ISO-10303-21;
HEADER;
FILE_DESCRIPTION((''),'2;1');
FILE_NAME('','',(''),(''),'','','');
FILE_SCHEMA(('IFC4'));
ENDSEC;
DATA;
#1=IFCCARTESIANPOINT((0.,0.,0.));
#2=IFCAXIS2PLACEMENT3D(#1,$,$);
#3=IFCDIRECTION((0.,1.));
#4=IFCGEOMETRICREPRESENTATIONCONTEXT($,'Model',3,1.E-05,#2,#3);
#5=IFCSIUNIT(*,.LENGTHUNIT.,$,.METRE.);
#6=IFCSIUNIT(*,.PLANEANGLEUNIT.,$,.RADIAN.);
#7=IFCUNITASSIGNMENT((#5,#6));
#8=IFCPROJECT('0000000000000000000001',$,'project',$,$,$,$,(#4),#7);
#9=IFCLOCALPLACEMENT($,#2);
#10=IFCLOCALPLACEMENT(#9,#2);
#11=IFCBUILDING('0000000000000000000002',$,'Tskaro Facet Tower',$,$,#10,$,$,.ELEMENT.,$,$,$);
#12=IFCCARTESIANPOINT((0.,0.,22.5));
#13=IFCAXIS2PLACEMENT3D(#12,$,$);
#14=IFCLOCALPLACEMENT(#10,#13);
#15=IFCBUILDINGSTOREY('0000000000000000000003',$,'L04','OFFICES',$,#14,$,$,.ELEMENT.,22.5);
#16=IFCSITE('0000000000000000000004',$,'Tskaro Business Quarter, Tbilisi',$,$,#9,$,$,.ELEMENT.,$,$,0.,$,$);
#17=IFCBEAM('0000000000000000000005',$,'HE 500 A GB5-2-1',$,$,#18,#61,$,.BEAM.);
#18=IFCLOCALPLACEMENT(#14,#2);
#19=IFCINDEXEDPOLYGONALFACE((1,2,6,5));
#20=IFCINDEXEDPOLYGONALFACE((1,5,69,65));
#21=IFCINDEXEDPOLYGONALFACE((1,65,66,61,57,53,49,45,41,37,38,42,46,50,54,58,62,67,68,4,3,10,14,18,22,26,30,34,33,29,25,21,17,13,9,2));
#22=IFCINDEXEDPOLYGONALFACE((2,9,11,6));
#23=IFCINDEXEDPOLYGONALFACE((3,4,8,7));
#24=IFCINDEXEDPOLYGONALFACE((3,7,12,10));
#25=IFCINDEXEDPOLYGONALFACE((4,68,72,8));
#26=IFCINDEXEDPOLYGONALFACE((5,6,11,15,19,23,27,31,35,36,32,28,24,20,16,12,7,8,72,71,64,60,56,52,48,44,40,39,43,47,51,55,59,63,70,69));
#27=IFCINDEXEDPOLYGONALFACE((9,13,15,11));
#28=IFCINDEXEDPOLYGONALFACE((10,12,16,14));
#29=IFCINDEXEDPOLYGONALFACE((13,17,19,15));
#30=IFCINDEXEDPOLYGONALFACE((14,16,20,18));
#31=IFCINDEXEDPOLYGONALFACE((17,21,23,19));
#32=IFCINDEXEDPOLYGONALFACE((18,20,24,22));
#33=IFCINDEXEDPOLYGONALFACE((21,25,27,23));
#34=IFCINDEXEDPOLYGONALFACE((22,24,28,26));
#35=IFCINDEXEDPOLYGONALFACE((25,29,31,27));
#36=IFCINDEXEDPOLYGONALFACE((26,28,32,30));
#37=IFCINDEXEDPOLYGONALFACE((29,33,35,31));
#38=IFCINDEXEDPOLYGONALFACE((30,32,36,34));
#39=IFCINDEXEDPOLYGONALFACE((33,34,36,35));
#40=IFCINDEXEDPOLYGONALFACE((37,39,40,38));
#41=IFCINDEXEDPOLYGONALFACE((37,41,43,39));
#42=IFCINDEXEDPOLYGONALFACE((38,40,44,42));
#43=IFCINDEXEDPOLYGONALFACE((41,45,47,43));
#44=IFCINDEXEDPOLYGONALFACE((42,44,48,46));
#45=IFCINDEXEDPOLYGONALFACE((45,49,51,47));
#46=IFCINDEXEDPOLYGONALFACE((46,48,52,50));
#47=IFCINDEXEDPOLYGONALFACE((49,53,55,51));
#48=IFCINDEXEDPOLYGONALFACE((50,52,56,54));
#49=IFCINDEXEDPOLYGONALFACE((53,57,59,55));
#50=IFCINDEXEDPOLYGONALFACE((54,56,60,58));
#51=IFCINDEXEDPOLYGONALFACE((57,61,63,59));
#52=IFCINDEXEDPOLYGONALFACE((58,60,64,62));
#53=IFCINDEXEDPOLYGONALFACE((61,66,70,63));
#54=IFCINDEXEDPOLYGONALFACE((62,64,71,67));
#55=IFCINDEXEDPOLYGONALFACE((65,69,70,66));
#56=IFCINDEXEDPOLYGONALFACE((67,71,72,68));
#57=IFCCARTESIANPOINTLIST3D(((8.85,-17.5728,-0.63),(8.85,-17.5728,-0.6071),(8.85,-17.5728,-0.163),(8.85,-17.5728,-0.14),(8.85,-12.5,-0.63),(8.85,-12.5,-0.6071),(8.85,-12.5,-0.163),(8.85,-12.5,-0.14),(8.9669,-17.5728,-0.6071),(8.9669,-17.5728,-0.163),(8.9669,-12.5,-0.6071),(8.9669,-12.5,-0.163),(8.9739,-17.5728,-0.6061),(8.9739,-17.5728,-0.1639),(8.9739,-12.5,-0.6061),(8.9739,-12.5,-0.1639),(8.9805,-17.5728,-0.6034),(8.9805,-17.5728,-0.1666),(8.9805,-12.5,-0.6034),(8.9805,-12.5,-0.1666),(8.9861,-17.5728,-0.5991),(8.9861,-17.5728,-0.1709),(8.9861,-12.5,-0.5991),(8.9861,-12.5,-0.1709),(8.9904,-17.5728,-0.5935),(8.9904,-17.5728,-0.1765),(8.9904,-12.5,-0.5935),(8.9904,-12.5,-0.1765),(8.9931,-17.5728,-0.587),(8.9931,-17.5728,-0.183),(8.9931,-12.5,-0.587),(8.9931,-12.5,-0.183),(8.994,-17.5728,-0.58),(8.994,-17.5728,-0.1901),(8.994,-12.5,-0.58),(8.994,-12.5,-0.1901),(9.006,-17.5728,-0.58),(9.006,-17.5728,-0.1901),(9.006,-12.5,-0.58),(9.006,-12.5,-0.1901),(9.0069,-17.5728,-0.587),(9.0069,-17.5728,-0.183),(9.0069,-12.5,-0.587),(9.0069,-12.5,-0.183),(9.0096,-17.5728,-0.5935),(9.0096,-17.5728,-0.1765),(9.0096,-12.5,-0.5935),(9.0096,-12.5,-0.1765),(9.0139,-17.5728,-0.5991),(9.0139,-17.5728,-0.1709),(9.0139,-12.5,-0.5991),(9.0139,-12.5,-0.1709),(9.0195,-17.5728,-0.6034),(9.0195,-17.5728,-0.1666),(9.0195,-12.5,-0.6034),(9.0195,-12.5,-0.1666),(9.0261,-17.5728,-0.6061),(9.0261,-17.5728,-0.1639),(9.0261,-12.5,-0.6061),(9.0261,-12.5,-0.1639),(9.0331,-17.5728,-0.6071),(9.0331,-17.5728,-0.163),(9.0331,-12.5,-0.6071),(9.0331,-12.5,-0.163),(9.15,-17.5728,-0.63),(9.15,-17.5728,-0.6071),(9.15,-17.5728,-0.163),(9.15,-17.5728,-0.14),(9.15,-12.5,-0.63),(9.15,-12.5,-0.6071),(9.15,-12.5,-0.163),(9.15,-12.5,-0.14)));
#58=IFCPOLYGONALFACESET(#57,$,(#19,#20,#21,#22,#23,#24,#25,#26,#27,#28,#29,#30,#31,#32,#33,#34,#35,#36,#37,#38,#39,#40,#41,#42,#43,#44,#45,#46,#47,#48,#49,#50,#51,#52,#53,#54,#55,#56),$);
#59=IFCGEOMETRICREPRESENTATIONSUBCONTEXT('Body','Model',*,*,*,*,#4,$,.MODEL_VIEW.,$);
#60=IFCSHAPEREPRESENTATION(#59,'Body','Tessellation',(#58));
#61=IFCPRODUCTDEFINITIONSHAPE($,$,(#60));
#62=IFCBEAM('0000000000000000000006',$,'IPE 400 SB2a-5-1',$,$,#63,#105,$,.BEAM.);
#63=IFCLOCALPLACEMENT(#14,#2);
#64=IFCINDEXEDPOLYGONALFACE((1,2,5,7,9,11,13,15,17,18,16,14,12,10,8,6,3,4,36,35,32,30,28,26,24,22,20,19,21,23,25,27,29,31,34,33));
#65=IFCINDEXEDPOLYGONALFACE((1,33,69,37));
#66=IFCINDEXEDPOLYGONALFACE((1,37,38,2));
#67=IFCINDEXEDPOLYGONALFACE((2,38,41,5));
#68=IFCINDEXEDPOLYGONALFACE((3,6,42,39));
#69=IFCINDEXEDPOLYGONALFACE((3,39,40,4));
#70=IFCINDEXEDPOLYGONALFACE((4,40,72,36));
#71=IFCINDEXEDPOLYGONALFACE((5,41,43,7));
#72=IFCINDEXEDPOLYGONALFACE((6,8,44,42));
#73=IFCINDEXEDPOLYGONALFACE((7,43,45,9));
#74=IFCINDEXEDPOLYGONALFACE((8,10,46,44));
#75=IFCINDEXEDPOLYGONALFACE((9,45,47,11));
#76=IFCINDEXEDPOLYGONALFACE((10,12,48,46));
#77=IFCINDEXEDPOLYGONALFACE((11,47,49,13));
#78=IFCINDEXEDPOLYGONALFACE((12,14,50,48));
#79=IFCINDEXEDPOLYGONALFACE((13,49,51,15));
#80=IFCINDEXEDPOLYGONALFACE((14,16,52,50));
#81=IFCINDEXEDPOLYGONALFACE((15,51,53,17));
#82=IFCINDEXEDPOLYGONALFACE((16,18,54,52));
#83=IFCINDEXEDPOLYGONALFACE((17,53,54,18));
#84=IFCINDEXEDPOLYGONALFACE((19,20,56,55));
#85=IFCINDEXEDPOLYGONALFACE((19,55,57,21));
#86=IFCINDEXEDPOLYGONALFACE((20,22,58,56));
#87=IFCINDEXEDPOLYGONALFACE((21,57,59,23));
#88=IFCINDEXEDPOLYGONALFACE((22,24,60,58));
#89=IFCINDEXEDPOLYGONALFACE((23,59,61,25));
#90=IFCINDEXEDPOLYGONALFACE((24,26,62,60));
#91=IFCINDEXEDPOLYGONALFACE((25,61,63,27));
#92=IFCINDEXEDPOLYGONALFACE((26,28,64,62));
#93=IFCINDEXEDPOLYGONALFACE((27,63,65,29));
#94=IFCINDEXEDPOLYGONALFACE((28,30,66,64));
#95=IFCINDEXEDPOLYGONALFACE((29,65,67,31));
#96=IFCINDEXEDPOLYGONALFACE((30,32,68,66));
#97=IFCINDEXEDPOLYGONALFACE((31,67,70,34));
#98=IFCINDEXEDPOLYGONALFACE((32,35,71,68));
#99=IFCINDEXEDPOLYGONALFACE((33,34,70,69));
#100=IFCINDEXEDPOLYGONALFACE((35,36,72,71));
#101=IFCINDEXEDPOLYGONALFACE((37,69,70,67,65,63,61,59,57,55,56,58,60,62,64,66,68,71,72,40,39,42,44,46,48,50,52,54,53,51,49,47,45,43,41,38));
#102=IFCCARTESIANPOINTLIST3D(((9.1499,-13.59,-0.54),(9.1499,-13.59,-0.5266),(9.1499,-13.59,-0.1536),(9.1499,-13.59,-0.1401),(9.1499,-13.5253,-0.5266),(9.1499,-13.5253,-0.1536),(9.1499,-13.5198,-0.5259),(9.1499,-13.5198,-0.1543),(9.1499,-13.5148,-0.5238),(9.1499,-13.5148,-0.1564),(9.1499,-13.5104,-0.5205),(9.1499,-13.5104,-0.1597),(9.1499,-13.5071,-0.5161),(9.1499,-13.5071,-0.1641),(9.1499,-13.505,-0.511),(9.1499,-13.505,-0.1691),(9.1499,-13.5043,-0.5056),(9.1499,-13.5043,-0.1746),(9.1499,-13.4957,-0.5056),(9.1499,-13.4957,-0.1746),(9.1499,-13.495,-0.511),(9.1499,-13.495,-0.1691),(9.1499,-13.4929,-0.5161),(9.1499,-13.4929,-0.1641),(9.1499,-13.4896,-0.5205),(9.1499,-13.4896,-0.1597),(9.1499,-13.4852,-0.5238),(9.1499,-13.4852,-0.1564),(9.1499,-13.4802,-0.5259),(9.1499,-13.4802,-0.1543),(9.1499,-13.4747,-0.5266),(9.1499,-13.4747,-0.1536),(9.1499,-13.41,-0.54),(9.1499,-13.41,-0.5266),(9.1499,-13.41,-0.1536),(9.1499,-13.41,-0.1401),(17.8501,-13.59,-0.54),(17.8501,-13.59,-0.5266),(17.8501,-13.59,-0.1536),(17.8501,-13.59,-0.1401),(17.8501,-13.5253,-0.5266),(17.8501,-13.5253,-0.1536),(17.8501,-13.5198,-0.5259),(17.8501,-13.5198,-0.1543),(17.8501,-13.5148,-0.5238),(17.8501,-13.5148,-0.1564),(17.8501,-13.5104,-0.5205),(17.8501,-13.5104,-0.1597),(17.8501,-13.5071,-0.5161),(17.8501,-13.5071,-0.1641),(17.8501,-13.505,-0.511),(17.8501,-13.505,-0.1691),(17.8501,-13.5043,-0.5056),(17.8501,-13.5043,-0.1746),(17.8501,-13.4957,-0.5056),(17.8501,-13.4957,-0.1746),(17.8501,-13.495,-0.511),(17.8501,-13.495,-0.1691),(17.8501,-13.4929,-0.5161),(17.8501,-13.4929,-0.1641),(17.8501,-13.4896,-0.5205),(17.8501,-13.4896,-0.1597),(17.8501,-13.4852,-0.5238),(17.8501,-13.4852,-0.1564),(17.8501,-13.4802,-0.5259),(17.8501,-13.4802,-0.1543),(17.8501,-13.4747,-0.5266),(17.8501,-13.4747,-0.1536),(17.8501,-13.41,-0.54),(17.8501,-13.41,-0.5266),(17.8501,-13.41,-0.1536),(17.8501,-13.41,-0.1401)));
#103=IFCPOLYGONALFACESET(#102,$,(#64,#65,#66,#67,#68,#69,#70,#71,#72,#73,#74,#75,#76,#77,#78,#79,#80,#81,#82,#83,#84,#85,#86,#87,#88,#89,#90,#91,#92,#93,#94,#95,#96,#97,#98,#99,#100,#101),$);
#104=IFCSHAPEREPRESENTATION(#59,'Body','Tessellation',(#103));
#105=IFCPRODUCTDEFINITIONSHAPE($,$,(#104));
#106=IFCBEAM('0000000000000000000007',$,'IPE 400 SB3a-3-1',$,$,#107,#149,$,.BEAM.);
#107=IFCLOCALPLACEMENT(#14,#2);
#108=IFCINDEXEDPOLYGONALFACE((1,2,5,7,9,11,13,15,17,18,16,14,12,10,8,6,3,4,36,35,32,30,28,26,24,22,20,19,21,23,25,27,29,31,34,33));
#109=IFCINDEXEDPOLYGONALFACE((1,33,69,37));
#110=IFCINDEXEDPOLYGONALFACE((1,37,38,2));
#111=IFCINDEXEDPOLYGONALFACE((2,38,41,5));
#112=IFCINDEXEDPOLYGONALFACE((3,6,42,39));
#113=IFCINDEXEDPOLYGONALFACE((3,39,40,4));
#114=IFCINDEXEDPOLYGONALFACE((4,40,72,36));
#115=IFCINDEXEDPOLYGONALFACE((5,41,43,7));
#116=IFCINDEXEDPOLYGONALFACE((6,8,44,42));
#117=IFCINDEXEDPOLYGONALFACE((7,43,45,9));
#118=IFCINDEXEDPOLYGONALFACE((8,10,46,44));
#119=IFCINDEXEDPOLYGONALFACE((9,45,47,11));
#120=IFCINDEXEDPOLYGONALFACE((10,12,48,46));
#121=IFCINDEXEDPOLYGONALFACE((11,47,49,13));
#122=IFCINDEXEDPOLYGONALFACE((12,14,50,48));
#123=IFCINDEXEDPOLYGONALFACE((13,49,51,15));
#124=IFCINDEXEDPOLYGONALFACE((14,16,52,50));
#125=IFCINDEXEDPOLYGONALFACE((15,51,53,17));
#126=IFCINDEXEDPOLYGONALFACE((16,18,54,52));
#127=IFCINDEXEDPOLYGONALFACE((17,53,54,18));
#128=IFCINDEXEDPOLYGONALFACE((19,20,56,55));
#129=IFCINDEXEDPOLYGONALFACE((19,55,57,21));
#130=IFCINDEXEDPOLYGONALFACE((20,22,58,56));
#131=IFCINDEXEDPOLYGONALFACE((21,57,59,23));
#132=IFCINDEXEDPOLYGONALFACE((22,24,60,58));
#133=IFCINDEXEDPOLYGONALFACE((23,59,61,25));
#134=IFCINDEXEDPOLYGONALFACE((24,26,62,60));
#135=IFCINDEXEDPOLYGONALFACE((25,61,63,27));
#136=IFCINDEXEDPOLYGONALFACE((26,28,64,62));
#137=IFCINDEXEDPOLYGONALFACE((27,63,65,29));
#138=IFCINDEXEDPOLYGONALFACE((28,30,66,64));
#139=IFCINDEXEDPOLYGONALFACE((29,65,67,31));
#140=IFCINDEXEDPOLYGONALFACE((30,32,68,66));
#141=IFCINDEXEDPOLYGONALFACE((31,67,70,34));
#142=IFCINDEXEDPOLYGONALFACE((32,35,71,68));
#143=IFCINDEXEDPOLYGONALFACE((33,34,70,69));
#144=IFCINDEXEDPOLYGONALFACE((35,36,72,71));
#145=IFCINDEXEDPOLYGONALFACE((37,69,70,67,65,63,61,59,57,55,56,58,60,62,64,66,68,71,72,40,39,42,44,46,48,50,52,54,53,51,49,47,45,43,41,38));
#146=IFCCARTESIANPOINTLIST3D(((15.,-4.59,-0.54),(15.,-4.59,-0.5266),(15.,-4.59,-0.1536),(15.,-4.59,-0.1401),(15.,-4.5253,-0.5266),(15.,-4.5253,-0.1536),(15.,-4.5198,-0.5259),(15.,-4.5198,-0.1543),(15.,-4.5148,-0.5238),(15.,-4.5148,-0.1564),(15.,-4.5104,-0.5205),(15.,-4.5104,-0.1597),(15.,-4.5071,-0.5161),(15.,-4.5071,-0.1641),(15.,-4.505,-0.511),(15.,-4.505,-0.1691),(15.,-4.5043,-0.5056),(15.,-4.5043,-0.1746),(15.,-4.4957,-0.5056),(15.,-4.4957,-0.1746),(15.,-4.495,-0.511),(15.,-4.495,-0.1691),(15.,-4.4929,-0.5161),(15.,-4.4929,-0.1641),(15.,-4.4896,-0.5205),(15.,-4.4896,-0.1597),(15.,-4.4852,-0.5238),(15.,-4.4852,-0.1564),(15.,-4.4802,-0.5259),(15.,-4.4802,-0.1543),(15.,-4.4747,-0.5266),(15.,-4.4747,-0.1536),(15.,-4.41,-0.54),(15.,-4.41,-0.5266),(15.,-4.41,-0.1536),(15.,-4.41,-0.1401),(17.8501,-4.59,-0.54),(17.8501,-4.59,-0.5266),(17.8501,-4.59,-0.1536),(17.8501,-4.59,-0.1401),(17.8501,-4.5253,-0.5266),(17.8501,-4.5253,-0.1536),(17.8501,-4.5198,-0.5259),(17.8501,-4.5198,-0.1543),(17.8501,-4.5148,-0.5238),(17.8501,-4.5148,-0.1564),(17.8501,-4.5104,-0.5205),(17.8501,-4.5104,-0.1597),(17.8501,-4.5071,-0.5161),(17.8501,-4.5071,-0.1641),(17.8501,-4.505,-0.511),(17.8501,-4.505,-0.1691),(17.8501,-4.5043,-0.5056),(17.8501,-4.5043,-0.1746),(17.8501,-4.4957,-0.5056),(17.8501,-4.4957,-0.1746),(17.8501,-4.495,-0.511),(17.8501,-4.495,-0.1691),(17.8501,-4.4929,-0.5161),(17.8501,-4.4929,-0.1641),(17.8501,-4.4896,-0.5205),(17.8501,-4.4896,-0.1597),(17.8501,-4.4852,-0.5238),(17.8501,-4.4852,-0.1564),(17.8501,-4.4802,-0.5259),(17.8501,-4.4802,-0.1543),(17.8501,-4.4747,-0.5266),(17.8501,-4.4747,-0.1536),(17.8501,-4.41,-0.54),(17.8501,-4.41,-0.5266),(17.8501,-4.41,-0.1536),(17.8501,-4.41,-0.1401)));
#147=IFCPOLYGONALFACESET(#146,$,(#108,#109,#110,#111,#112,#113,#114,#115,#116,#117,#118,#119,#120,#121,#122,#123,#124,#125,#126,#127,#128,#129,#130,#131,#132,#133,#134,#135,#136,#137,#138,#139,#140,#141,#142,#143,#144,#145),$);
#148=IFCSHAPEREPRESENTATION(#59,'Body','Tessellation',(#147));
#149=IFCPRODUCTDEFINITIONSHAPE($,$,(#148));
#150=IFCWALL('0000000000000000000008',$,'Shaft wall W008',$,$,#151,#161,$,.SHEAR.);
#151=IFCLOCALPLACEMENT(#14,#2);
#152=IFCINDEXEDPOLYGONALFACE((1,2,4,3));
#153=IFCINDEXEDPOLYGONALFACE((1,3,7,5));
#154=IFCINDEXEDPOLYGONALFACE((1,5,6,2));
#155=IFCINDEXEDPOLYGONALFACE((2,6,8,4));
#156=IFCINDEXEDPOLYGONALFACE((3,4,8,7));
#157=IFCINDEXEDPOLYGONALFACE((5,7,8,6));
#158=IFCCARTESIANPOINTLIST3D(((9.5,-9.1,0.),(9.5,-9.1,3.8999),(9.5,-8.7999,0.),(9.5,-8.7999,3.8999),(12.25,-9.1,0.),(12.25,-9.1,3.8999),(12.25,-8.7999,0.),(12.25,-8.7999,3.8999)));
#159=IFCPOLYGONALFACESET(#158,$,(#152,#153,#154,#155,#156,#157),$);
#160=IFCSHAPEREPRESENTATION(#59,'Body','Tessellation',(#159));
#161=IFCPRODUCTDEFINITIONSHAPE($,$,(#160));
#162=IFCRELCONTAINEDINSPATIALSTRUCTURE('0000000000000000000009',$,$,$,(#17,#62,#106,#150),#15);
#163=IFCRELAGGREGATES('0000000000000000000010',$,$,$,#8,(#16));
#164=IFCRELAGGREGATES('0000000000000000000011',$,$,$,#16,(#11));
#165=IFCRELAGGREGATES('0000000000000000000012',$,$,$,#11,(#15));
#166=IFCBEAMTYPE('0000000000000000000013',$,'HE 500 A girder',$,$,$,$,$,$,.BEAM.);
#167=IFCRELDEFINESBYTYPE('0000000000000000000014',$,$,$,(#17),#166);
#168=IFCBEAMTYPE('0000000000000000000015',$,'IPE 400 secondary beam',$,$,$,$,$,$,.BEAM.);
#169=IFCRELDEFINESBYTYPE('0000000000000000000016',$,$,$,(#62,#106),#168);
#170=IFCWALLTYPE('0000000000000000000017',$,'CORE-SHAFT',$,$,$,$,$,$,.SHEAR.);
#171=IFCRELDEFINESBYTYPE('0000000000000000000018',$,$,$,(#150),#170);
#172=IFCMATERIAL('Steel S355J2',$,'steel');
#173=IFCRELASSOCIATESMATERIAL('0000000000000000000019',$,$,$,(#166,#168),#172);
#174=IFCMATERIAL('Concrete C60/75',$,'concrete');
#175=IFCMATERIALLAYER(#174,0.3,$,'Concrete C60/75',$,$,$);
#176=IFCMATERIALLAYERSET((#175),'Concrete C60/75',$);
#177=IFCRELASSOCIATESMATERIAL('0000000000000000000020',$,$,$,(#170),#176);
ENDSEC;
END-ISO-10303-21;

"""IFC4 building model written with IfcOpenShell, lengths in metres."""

from ifc_helpers import new_model, si_unit, direction, frame, frame_2d, origin, origin_2d, place, context, subcontext, project, spatial, rectangle, i_section, extrude, material, layer, layer_set, material_profile, profile_set, type_object, element, save


model = new_model("IFC4")

# Units and contexts
model_context = context("Model", 3, precision=1e-05, world=origin(), true_north=direction((0.0, 1.0)))
body_context = subcontext(model_context, "Body", "Model", "MODEL_VIEW")
ifc_project = project(units=[si_unit("LENGTHUNIT", "METRE"), si_unit("PLANEANGLEUNIT", "RADIAN")], contexts=[model_context])

# Site, building, storey
site_placement = place(None, origin())
site = spatial("IfcSite", under=ifc_project, at=site_placement, Name="Tskaro Business Quarter, Tbilisi", CompositionType="ELEMENT", RefElevation=0.0)
building_placement = place(site_placement, origin())
building = spatial("IfcBuilding", under=site, at=building_placement, Name="Tskaro Facet Tower", CompositionType="ELEMENT")
storey_placement = place(building_placement, frame((0.0, 0.0, 22.5)))
storey = spatial("IfcBuildingStorey", under=building, at=storey_placement, Name="L04", Description="OFFICES", CompositionType="ELEMENT", Elevation=22.5)

# Beams
ifc_material_1 = material(Name="Steel S355J2", Category="steel")
ifc_material_profile_1 = material_profile(ifc_material_1, i_section(OverallWidth=0.3, OverallDepth=0.49, WebThickness=0.012, FlangeThickness=0.0229, FilletRadius=0.0271, at=origin_2d()), Name="HE 500 A")
ifc_profile_set_1 = profile_set([ifc_material_profile_1], Name="Steel S355J2")
beam_type_1 = type_object("IfcBeamType", Name="HE 500 A girder", PredefinedType="BEAM", material=ifc_profile_set_1)
beam_1_placement = place(storey_placement, frame((9.0, -17.5728, -0.385), z_axis=(0.0, 1.0, 0.0), x_axis=(-1.0, 0.0, 0.0)))
element("IfcBeam", 1, at=beam_1_placement, inside=storey, type_object=beam_type_1, Name="HE 500 A GB5-2-1", PredefinedType="BEAM", context=body_context, shape_type="SweptSolid", body=[
    extrude(i_section(OverallWidth=0.3, OverallDepth=0.49, WebThickness=0.012, FlangeThickness=0.0229, FilletRadius=0.0271, at=origin_2d()), origin(), (0.0, 0.0, 1.0), 5.0728),
])
ifc_material_profile_2 = material_profile(ifc_material_1, i_section(OverallWidth=0.1799, OverallDepth=0.3999, WebThickness=0.0085, FlangeThickness=0.0134, FilletRadius=0.021, at=origin_2d()), Name="IPE 400")
ifc_profile_set_2 = profile_set([ifc_material_profile_2], Name="Steel S355J2")
beam_type_2 = type_object("IfcBeamType", Name="IPE 400 secondary beam", PredefinedType="BEAM", material=ifc_profile_set_2)
beam_2_placement = place(storey_placement, frame((9.1499, -13.5, -0.3401), z_axis=(1.0, 0.0, 0.0), x_axis=(0.0, 1.0, 0.0)))
element("IfcBeam", 2, at=beam_2_placement, inside=storey, type_object=beam_type_2, Name="IPE 400 SB2a-5-1", PredefinedType="BEAM", context=body_context, shape_type="SweptSolid", body=[
    extrude(i_section(OverallWidth=0.1799, OverallDepth=0.3999, WebThickness=0.0085, FlangeThickness=0.0134, FilletRadius=0.021, at=origin_2d()), origin(), (0.0, 0.0, 1.0), 8.7002),
])
beam_3_placement = place(storey_placement, frame((15.0, -4.5, -0.3401), z_axis=(1.0, 0.0, 0.0), x_axis=(0.0, 1.0, 0.0)))
element("IfcBeam", 3, at=beam_3_placement, inside=storey, type_object=beam_type_2, Name="IPE 400 SB3a-3-1", PredefinedType="BEAM", context=body_context, shape_type="SweptSolid", body=[
    extrude(i_section(OverallWidth=0.1799, OverallDepth=0.3999, WebThickness=0.0085, FlangeThickness=0.0134, FilletRadius=0.021, at=origin_2d()), origin(), (0.0, 0.0, 1.0), 2.8501),
])

# Wall
ifc_material_2 = material(Name="Concrete C60/75", Category="concrete")
ifc_layer_1 = layer(ifc_material_2, 0.3, Name="Concrete C60/75")
ifc_layer_set_1 = layer_set([ifc_layer_1], Name="Concrete C60/75")
wall_type_1 = type_object("IfcWallType", Name="CORE-SHAFT", PredefinedType="SHEAR", material=ifc_layer_set_1)
wall_1_placement = place(storey_placement, frame((9.5, -8.95, 0.0), z_axis=(0.0, 0.0, 1.0), x_axis=(1.0, 0.0, 0.0)))
element("IfcWall", 4, at=wall_1_placement, inside=storey, type_object=wall_type_1, Name="Shaft wall W008", PredefinedType="SHEAR", context=body_context, shape_type="SweptSolid", body=[
    extrude(rectangle(XDim=2.75, YDim=0.3, at=frame_2d((1.375, 0.0))), origin(), (0.0, 0.0, 1.0), 3.8999),
])

save(model, "model.ifc")
